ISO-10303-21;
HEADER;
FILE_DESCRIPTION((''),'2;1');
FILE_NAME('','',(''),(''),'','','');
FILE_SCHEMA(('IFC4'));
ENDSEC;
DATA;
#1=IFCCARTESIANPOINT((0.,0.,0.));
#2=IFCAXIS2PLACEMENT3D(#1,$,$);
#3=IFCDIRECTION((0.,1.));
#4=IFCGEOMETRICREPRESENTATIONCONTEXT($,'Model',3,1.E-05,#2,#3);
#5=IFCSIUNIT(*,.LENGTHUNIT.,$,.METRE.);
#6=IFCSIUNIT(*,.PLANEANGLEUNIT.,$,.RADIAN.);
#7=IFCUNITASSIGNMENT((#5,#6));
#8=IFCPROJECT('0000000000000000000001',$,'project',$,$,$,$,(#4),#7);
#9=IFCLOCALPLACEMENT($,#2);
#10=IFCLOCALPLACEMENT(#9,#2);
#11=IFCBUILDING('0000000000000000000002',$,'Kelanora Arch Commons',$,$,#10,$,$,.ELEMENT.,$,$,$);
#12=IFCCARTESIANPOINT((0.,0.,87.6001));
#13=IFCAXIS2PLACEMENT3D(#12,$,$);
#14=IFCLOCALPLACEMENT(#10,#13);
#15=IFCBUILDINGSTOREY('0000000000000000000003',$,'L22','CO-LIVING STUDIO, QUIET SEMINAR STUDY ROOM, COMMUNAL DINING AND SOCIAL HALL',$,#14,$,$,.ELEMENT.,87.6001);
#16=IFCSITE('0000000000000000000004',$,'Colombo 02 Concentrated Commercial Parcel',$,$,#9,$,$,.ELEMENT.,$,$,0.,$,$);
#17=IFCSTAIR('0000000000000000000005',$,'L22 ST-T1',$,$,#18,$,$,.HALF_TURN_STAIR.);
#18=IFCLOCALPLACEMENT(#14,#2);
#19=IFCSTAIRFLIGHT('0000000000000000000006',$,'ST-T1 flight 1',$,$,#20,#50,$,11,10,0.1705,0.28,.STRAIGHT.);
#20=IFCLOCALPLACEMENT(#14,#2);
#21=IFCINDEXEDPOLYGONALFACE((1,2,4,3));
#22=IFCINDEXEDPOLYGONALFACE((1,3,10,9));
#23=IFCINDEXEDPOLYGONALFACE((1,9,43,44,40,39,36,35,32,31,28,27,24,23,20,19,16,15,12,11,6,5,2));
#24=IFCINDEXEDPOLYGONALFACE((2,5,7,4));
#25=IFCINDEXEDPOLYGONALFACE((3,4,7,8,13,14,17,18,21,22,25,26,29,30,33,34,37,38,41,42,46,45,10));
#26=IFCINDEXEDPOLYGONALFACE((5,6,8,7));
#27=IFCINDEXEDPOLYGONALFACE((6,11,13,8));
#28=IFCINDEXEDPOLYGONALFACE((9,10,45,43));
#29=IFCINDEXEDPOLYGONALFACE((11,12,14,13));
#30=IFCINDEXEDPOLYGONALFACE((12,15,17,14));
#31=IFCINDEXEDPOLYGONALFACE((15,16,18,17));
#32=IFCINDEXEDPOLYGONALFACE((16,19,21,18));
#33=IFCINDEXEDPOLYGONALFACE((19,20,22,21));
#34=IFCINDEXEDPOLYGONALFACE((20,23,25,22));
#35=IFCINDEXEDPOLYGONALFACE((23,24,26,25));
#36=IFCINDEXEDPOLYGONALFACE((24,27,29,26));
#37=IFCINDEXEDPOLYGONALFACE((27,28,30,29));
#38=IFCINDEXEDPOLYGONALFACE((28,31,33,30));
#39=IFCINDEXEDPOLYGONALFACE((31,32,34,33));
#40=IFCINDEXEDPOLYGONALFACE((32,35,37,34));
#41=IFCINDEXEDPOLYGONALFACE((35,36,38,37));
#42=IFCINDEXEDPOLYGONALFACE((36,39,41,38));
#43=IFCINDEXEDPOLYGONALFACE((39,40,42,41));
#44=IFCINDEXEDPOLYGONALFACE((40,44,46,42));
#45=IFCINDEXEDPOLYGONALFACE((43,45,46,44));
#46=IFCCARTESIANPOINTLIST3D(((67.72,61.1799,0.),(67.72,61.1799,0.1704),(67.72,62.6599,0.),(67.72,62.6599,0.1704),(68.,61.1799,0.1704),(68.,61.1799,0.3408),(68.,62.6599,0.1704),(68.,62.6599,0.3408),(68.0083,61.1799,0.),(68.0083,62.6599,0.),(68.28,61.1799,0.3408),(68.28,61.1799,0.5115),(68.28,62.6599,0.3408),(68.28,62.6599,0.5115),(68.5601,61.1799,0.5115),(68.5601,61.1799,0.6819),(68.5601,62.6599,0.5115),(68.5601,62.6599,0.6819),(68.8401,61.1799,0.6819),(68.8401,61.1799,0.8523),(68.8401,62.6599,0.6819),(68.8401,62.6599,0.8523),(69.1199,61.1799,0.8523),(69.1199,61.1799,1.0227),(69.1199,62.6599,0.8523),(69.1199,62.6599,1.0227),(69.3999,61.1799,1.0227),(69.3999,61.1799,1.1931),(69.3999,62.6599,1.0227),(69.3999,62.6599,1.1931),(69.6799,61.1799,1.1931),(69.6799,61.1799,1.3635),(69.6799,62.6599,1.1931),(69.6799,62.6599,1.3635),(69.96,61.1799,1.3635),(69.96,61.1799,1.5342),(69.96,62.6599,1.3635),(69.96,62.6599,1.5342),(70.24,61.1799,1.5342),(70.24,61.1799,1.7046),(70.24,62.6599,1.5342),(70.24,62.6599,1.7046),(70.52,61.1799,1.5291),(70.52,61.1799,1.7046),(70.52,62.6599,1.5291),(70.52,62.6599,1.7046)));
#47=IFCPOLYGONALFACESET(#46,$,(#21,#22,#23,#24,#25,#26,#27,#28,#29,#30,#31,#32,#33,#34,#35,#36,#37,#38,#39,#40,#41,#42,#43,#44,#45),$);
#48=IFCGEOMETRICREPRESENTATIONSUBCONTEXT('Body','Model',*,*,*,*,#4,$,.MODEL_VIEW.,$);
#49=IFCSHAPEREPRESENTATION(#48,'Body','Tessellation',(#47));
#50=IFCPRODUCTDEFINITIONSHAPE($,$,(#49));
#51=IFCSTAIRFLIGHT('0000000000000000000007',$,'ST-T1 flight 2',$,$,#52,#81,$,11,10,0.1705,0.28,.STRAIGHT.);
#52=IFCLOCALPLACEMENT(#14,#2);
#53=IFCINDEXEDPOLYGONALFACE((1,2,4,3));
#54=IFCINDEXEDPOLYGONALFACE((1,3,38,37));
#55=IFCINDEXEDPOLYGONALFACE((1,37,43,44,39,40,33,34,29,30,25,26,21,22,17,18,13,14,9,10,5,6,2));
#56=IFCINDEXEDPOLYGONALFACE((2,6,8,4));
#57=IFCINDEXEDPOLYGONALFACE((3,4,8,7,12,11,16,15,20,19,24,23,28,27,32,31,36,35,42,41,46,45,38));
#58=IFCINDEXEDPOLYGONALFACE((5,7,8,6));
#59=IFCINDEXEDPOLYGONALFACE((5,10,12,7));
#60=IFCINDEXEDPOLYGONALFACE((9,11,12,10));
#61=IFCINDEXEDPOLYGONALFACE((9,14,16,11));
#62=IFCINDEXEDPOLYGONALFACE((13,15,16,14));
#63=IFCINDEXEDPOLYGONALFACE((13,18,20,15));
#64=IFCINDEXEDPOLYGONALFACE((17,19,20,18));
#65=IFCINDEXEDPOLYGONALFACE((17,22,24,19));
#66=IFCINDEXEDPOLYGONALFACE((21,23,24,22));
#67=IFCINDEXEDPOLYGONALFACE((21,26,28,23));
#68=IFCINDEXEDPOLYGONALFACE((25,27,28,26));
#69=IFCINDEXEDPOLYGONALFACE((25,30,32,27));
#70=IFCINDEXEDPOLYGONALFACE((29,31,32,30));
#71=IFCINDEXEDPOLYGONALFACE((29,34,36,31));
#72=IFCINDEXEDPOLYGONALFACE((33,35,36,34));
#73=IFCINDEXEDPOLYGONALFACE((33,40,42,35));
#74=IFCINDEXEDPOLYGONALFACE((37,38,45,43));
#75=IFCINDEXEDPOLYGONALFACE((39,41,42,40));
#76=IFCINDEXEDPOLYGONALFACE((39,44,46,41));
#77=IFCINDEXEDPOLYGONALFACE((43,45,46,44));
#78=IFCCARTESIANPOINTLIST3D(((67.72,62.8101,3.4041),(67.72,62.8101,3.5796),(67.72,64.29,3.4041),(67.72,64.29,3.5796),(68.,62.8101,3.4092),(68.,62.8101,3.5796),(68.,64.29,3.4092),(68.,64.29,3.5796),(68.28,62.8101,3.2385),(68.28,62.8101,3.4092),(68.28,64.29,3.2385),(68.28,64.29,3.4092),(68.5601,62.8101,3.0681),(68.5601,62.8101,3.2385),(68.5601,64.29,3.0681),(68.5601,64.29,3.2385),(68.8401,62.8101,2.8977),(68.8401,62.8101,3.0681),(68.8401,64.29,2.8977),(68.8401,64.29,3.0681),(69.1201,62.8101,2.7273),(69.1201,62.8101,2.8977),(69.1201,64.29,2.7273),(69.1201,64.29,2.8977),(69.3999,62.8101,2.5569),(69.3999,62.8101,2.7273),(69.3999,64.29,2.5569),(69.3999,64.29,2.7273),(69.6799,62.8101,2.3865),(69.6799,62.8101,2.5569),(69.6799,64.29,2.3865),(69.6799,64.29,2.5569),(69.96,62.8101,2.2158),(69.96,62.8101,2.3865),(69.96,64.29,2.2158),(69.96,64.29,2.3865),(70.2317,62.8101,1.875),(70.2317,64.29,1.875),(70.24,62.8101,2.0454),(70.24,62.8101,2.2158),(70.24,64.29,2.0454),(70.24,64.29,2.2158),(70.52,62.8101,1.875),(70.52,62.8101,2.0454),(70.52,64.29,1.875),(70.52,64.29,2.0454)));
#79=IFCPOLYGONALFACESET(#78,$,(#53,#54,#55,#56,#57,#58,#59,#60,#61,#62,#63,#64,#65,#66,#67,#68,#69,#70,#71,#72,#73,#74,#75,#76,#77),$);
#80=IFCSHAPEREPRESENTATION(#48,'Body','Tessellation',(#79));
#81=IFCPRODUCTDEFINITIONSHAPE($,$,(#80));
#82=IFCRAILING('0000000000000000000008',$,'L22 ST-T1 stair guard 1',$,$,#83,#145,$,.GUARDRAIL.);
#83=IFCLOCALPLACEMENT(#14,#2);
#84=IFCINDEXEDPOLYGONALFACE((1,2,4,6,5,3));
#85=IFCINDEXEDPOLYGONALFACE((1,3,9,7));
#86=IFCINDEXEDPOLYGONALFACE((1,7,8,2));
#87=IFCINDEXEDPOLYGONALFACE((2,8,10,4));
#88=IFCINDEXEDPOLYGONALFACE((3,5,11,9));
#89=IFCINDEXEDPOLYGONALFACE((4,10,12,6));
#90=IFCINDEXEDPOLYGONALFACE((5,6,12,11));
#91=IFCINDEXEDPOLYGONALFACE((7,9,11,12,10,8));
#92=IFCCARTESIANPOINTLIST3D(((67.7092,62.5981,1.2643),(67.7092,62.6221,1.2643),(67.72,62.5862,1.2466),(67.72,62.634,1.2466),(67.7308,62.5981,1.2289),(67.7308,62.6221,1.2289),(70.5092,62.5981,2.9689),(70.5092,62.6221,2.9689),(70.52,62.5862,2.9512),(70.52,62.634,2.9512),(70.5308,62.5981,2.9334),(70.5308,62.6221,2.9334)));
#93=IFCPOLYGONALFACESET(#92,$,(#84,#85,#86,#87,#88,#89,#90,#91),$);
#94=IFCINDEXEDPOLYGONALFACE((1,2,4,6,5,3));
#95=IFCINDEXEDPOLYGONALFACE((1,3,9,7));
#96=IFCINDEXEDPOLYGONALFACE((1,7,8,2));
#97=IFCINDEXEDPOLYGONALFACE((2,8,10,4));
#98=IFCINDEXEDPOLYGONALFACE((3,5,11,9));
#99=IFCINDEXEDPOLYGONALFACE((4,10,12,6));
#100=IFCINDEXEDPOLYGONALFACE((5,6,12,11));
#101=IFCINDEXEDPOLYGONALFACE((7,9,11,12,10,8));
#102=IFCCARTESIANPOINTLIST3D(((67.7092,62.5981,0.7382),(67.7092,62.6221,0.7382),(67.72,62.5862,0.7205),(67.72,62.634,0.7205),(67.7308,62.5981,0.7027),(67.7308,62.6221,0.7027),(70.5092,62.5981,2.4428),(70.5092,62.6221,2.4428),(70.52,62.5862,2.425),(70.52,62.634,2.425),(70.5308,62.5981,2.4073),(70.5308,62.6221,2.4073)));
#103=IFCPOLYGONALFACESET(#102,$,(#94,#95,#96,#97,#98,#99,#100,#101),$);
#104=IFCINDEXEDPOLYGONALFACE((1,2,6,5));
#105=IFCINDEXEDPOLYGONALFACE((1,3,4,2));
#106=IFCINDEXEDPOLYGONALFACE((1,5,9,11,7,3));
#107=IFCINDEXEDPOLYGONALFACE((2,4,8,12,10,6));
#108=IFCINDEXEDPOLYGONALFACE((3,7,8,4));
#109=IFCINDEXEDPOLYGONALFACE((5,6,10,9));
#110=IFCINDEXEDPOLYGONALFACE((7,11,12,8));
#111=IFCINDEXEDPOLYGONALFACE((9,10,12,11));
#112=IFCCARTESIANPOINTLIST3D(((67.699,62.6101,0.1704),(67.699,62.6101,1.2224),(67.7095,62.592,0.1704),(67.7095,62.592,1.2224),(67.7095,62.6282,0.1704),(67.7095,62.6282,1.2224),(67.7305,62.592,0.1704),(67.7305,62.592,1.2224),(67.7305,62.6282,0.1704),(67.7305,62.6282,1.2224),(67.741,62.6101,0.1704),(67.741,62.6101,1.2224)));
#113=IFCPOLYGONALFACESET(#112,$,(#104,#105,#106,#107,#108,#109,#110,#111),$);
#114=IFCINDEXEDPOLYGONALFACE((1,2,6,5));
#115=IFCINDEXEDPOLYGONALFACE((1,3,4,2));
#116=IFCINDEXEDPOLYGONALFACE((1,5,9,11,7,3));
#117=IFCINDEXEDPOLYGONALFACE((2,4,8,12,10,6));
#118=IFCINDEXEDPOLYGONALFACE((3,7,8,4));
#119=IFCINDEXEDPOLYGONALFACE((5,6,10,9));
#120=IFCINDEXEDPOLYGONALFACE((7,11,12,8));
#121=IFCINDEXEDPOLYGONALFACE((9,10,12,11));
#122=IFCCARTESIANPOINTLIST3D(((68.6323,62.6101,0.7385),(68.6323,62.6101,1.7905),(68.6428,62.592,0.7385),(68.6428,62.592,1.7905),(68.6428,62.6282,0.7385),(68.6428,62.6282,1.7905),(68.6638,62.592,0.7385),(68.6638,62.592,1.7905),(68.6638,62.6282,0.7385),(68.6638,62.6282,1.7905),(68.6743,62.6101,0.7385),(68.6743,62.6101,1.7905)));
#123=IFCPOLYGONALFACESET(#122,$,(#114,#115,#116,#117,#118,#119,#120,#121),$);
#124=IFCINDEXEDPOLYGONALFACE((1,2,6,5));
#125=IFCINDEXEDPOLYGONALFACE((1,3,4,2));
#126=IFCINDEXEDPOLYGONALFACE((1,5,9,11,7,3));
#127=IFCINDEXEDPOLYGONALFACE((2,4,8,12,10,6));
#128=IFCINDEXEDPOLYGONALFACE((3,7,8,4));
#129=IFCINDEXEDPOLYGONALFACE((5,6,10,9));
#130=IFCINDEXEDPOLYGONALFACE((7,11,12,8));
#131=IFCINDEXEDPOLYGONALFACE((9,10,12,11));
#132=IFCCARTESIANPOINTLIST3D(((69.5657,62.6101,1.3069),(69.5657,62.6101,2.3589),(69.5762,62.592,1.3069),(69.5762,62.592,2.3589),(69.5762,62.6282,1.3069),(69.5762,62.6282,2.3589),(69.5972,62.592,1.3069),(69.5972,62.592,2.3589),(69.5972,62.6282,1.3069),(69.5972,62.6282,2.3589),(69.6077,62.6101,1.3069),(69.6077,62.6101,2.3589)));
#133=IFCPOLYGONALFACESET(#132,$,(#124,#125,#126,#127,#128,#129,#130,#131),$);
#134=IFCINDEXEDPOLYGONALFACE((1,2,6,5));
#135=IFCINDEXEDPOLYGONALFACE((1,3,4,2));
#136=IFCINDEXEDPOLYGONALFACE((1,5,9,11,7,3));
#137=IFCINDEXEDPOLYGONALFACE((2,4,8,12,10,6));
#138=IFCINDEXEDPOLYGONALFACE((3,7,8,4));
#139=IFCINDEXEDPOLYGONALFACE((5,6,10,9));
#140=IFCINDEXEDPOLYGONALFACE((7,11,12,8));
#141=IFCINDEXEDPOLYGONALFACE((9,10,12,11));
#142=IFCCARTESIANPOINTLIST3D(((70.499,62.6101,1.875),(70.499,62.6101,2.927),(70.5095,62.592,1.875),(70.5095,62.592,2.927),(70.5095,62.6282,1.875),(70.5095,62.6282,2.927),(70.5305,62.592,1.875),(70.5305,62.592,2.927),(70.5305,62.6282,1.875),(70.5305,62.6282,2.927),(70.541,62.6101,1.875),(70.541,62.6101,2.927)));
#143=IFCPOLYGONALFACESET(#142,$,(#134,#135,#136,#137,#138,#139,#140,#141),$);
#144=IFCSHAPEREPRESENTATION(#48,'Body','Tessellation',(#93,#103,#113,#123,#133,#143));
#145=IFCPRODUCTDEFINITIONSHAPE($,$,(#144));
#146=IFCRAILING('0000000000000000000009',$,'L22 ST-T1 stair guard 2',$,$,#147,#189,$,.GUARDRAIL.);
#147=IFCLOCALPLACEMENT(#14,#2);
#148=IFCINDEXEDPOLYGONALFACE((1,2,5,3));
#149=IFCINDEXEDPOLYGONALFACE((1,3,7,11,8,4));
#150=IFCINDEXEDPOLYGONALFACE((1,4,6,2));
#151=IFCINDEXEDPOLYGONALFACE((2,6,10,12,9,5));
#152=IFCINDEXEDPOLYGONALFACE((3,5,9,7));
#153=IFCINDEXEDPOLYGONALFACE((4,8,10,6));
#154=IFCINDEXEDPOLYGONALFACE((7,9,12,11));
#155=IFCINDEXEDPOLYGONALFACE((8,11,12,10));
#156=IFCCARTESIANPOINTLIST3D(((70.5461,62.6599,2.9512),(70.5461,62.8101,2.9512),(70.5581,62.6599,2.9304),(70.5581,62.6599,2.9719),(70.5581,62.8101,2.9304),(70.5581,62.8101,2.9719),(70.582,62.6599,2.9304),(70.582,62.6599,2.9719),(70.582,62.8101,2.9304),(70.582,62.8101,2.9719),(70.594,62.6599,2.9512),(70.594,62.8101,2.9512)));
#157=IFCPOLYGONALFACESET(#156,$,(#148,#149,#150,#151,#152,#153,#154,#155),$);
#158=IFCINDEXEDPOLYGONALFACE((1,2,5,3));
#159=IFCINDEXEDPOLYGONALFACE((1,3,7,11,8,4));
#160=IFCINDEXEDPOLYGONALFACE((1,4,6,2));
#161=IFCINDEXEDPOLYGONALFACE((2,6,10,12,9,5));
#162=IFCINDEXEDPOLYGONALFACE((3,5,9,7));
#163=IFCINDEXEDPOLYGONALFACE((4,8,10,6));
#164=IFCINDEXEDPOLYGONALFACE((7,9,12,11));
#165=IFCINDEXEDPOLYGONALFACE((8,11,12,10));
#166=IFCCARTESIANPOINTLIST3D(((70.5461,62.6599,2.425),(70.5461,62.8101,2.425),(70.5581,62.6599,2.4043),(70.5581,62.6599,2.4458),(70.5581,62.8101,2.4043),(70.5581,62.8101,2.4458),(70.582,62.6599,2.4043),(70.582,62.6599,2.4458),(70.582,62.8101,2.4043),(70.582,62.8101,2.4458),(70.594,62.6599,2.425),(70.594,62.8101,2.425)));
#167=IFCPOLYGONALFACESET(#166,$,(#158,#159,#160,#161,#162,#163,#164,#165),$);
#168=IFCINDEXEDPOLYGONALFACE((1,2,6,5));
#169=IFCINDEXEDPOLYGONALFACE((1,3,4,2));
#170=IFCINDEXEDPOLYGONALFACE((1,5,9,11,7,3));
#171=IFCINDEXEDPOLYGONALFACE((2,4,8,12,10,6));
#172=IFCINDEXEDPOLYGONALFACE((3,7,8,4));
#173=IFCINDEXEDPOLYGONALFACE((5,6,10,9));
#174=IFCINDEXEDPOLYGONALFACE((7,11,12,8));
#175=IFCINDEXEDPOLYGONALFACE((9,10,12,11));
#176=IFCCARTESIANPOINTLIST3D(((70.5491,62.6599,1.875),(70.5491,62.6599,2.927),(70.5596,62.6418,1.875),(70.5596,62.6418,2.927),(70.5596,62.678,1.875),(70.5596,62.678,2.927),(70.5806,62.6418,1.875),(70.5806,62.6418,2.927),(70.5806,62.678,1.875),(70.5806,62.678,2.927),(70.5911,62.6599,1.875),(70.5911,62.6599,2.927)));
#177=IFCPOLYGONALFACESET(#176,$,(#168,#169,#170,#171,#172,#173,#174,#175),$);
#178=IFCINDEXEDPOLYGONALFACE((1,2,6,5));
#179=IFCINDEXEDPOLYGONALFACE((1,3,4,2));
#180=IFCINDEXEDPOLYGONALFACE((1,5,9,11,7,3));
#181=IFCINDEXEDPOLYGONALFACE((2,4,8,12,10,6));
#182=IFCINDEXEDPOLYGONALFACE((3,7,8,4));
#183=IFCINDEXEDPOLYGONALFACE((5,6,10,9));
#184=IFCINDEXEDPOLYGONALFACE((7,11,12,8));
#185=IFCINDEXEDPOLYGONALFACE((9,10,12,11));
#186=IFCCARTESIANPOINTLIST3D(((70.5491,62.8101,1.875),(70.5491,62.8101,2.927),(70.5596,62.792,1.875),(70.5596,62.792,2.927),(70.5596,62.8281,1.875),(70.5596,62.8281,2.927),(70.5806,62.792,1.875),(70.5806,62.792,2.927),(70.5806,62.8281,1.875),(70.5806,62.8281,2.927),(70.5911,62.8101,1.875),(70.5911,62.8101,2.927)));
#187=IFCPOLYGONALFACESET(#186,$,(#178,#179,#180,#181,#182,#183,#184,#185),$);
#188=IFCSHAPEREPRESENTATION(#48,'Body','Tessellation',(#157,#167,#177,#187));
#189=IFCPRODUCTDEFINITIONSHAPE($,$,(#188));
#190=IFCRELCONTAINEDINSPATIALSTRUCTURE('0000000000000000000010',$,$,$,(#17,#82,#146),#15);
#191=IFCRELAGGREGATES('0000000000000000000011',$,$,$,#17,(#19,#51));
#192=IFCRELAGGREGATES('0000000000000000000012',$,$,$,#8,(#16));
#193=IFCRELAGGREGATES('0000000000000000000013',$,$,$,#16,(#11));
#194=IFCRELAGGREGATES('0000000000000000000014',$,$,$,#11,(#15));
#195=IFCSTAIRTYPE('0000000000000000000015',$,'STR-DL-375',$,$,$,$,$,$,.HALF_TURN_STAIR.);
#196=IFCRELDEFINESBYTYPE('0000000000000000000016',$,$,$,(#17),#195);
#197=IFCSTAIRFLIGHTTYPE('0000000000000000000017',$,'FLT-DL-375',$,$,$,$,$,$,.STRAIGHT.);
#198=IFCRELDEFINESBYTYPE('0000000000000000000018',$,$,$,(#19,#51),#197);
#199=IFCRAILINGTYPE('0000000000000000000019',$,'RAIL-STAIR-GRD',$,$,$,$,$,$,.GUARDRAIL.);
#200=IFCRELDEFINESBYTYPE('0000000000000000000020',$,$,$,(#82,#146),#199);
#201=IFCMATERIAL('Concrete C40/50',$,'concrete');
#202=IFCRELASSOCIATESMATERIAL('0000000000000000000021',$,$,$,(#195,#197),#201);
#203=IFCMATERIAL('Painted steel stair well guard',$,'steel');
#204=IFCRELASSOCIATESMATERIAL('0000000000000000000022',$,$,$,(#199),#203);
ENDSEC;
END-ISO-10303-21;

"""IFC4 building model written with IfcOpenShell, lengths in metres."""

from ifc_helpers import new_model, si_unit, direction, frame, origin, place, context, subcontext, project, spatial, polyline, outline, extrude, material, type_object, element, aggregate, save


model = new_model("IFC4")

# Units and contexts
model_context = context("Model", 3, precision=1e-05, world=origin(), true_north=direction((0.0, 1.0)))
body_context = subcontext(model_context, "Body", "Model", "MODEL_VIEW")
ifc_project = project(units=[si_unit("LENGTHUNIT", "METRE"), si_unit("PLANEANGLEUNIT", "RADIAN")], contexts=[model_context])

# Site, building, storey
site_placement = place(None, origin())
site = spatial("IfcSite", under=ifc_project, at=site_placement, Name="Colombo 02 Concentrated Commercial Parcel", CompositionType="ELEMENT", RefElevation=0.0)
building_placement = place(site_placement, origin())
building = spatial("IfcBuilding", under=site, at=building_placement, Name="Kelanora Arch Commons", CompositionType="ELEMENT")
storey_placement = place(building_placement, frame((0.0, 0.0, 87.6001)))
storey = spatial("IfcBuildingStorey", under=building, at=storey_placement, Name="L22", Description="CO-LIVING STUDIO, QUIET SEMINAR STUDY ROOM, COMMUNAL DINING AND SOCIAL HALL", CompositionType="ELEMENT", Elevation=87.6001)

# Shared definitions
ifc_material_1 = material(Name="Concrete C40/50", Category="concrete")

# Stair, stair flights
stair_type = type_object("IfcStairType", Name="STR-DL-375", PredefinedType="HALF_TURN_STAIR", material=ifc_material_1)
stair_placement = place(storey_placement, origin())
stair = element("IfcStair", 1, at=stair_placement, inside=storey, type_object=stair_type, Name="L22 ST-T1", PredefinedType="HALF_TURN_STAIR")
stair_flight_type = type_object("IfcStairFlightType", Name="FLT-DL-375", PredefinedType="STRAIGHT", material=ifc_material_1)
stair_flight_1_placement = place(storey_placement, frame((67.72, 61.9199, 0.0), z_axis=(0.0, 0.0, 1.0), x_axis=(1.0, 0.0, 0.0)))
stair_flight_1 = element("IfcStairFlight", 2, at=stair_flight_1_placement, type_object=stair_flight_type, Name="ST-T1 flight 1", NumberOfRisers=11, NumberOfTreads=10, PredefinedType="STRAIGHT", RiserHeight=0.1705, TreadLength=0.28, context=body_context, shape_type="SweptSolid", body=[
    extrude(outline(polyline([(0.0, 0.0), (0.0, 0.1704), (0.28, 0.1704), (0.28, 0.3408), (0.5601, 0.3408), (0.5601, 0.5115), (0.8401, 0.5115), (0.8401, 0.6819), (1.1201, 0.6819), (1.1201, 0.8523), (1.3999, 0.8523), (1.3999, 1.0227), (1.6799, 1.0227), (1.6799, 1.1931), (1.96, 1.1931), (1.96, 1.3635), (2.24, 1.3635), (2.24, 1.5342), (2.52, 1.5342), (2.52, 1.7046), (2.8, 1.7046), (2.8, 1.875), (2.8, 1.5291), (0.2883, 0.0), (0.0, 0.0)])), frame((0.0, 0.74, 0.0), z_axis=(0.0, -1.0, 0.0), x_axis=(1.0, 0.0, 0.0)), (0.0, 0.0, 1.0), 1.48),
])
stair_flight_2_placement = place(storey_placement, frame((70.52, 63.55, 1.875), z_axis=(0.0, 0.0, 1.0), x_axis=(-1.0, 0.0, 0.0)))
stair_flight_2 = element("IfcStairFlight", 3, at=stair_flight_2_placement, type_object=stair_flight_type, Name="ST-T1 flight 2", NumberOfRisers=11, NumberOfTreads=10, PredefinedType="STRAIGHT", RiserHeight=0.1705, TreadLength=0.28, context=body_context, shape_type="SweptSolid", body=[
    extrude(outline(polyline([(0.0, 0.0), (0.0, 0.1704), (0.28, 0.1704), (0.28, 0.3408), (0.5601, 0.3408), (0.5601, 0.5115), (0.8401, 0.5115), (0.8401, 0.6819), (1.1201, 0.6819), (1.1201, 0.8523), (1.3999, 0.8523), (1.3999, 1.0227), (1.6799, 1.0227), (1.6799, 1.1931), (1.96, 1.1931), (1.96, 1.3635), (2.24, 1.3635), (2.24, 1.5342), (2.52, 1.5342), (2.52, 1.7046), (2.8, 1.7046), (2.8, 1.875), (2.8, 1.5291), (0.2883, 0.0), (0.0, 0.0)])), frame((0.0, 0.74, 0.0), z_axis=(0.0, -1.0, 0.0), x_axis=(1.0, 0.0, 0.0)), (0.0, 0.0, 1.0), 1.48),
])
aggregate(stair, [stair_flight_1, stair_flight_2])

# Railings
ifc_material_2 = material(Name="Painted steel stair well guard", Category="steel")
railing_type_1 = type_object("IfcRailingType", Name="RAIL-STAIR-GRD", PredefinedType="GUARDRAIL", material=ifc_material_2)
railing_1_placement = place(storey_placement, frame((67.72, 62.6101, 0.1704)))
element("IfcRailing", 4, at=railing_1_placement, inside=storey, type_object=railing_type_1, Name="L22 ST-T1 stair guard 1", PredefinedType="GUARDRAIL", context=body_context, shape_type="SweptSolid", body=[
    extrude(outline(polyline([(0.0239, 0.0), (0.012, 0.0208), (-0.012, 0.0208), (-0.0239, 0.0), (-0.012, -0.0208), (0.012, -0.0208), (0.0239, 0.0)])), frame((0.0, 0.0, 1.0762), z_axis=(0.85417, 0.0, 0.519994), x_axis=(0.0, 1.0, 0.0)), (0.0, 0.0, 1.0), 3.2781),
    extrude(outline(polyline([(0.0239, 0.0), (0.012, 0.0208), (-0.012, 0.0208), (-0.0239, 0.0), (-0.012, -0.0208), (0.012, -0.0208), (0.0239, 0.0)])), frame((0.0, 0.0, 0.55), z_axis=(0.85417, 0.0, 0.519994), x_axis=(0.0, 1.0, 0.0)), (0.0, 0.0, 1.0), 3.2781),
    extrude(outline(polyline([(0.021, 0.0), (0.0105, 0.0181), (-0.0105, 0.0181), (-0.021, 0.0), (-0.0105, -0.0181), (0.0105, -0.0181), (0.021, 0.0)])), origin(), (0.0, 0.0, 1.0), 1.052),
    extrude(outline(polyline([(0.021, 0.0), (0.0105, 0.0181), (-0.0105, 0.0181), (-0.021, 0.0), (-0.0105, -0.0181), (0.0105, -0.0181), (0.021, 0.0)])), frame((0.9333, 0.0, 0.5681)), (0.0, 0.0, 1.0), 1.052),
    extrude(outline(polyline([(0.021, 0.0), (0.0105, 0.0181), (-0.0105, 0.0181), (-0.021, 0.0), (-0.0105, -0.0181), (0.0105, -0.0181), (0.021, 0.0)])), frame((1.8667, 0.0, 1.1365)), (0.0, 0.0, 1.0), 1.052),
    extrude(outline(polyline([(0.021, 0.0), (0.0105, 0.0181), (-0.0105, 0.0181), (-0.021, 0.0), (-0.0105, -0.0181), (0.0105, -0.0181), (0.021, 0.0)])), frame((2.8, 0.0, 1.7046)), (0.0, 0.0, 1.0), 1.052),
])
railing_2_placement = place(storey_placement, frame((70.5701, 62.6599, 1.875)))
element("IfcRailing", 5, at=railing_2_placement, inside=storey, type_object=railing_type_1, Name="L22 ST-T1 stair guard 2", PredefinedType="GUARDRAIL", context=body_context, shape_type="SweptSolid", body=[
    extrude(outline(polyline([(0.0239, 0.0), (0.012, 0.0208), (-0.012, 0.0208), (-0.0239, 0.0), (-0.012, -0.0208), (0.012, -0.0208), (0.0239, 0.0)])), frame((0.0, 0.0, 1.0762), z_axis=(0.0, 1.0, 0.0), x_axis=(-1.0, 0.0, 0.0)), (0.0, 0.0, 1.0), 0.1501),
    extrude(outline(polyline([(0.0239, 0.0), (0.012, 0.0208), (-0.012, 0.0208), (-0.0239, 0.0), (-0.012, -0.0208), (0.012, -0.0208), (0.0239, 0.0)])), frame((0.0, 0.0, 0.55), z_axis=(0.0, 1.0, 0.0), x_axis=(-1.0, 0.0, 0.0)), (0.0, 0.0, 1.0), 0.1501),
    extrude(outline(polyline([(0.021, 0.0), (0.0105, 0.0181), (-0.0105, 0.0181), (-0.021, 0.0), (-0.0105, -0.0181), (0.0105, -0.0181), (0.021, 0.0)])), origin(), (0.0, 0.0, 1.0), 1.052),
    extrude(outline(polyline([(0.021, 0.0), (0.0105, 0.0181), (-0.0105, 0.0181), (-0.021, 0.0), (-0.0105, -0.0181), (0.0105, -0.0181), (0.021, 0.0)])), frame((0.0, 0.1501, 0.0)), (0.0, 0.0, 1.0), 1.052),
])

save(model, "model.ifc")
